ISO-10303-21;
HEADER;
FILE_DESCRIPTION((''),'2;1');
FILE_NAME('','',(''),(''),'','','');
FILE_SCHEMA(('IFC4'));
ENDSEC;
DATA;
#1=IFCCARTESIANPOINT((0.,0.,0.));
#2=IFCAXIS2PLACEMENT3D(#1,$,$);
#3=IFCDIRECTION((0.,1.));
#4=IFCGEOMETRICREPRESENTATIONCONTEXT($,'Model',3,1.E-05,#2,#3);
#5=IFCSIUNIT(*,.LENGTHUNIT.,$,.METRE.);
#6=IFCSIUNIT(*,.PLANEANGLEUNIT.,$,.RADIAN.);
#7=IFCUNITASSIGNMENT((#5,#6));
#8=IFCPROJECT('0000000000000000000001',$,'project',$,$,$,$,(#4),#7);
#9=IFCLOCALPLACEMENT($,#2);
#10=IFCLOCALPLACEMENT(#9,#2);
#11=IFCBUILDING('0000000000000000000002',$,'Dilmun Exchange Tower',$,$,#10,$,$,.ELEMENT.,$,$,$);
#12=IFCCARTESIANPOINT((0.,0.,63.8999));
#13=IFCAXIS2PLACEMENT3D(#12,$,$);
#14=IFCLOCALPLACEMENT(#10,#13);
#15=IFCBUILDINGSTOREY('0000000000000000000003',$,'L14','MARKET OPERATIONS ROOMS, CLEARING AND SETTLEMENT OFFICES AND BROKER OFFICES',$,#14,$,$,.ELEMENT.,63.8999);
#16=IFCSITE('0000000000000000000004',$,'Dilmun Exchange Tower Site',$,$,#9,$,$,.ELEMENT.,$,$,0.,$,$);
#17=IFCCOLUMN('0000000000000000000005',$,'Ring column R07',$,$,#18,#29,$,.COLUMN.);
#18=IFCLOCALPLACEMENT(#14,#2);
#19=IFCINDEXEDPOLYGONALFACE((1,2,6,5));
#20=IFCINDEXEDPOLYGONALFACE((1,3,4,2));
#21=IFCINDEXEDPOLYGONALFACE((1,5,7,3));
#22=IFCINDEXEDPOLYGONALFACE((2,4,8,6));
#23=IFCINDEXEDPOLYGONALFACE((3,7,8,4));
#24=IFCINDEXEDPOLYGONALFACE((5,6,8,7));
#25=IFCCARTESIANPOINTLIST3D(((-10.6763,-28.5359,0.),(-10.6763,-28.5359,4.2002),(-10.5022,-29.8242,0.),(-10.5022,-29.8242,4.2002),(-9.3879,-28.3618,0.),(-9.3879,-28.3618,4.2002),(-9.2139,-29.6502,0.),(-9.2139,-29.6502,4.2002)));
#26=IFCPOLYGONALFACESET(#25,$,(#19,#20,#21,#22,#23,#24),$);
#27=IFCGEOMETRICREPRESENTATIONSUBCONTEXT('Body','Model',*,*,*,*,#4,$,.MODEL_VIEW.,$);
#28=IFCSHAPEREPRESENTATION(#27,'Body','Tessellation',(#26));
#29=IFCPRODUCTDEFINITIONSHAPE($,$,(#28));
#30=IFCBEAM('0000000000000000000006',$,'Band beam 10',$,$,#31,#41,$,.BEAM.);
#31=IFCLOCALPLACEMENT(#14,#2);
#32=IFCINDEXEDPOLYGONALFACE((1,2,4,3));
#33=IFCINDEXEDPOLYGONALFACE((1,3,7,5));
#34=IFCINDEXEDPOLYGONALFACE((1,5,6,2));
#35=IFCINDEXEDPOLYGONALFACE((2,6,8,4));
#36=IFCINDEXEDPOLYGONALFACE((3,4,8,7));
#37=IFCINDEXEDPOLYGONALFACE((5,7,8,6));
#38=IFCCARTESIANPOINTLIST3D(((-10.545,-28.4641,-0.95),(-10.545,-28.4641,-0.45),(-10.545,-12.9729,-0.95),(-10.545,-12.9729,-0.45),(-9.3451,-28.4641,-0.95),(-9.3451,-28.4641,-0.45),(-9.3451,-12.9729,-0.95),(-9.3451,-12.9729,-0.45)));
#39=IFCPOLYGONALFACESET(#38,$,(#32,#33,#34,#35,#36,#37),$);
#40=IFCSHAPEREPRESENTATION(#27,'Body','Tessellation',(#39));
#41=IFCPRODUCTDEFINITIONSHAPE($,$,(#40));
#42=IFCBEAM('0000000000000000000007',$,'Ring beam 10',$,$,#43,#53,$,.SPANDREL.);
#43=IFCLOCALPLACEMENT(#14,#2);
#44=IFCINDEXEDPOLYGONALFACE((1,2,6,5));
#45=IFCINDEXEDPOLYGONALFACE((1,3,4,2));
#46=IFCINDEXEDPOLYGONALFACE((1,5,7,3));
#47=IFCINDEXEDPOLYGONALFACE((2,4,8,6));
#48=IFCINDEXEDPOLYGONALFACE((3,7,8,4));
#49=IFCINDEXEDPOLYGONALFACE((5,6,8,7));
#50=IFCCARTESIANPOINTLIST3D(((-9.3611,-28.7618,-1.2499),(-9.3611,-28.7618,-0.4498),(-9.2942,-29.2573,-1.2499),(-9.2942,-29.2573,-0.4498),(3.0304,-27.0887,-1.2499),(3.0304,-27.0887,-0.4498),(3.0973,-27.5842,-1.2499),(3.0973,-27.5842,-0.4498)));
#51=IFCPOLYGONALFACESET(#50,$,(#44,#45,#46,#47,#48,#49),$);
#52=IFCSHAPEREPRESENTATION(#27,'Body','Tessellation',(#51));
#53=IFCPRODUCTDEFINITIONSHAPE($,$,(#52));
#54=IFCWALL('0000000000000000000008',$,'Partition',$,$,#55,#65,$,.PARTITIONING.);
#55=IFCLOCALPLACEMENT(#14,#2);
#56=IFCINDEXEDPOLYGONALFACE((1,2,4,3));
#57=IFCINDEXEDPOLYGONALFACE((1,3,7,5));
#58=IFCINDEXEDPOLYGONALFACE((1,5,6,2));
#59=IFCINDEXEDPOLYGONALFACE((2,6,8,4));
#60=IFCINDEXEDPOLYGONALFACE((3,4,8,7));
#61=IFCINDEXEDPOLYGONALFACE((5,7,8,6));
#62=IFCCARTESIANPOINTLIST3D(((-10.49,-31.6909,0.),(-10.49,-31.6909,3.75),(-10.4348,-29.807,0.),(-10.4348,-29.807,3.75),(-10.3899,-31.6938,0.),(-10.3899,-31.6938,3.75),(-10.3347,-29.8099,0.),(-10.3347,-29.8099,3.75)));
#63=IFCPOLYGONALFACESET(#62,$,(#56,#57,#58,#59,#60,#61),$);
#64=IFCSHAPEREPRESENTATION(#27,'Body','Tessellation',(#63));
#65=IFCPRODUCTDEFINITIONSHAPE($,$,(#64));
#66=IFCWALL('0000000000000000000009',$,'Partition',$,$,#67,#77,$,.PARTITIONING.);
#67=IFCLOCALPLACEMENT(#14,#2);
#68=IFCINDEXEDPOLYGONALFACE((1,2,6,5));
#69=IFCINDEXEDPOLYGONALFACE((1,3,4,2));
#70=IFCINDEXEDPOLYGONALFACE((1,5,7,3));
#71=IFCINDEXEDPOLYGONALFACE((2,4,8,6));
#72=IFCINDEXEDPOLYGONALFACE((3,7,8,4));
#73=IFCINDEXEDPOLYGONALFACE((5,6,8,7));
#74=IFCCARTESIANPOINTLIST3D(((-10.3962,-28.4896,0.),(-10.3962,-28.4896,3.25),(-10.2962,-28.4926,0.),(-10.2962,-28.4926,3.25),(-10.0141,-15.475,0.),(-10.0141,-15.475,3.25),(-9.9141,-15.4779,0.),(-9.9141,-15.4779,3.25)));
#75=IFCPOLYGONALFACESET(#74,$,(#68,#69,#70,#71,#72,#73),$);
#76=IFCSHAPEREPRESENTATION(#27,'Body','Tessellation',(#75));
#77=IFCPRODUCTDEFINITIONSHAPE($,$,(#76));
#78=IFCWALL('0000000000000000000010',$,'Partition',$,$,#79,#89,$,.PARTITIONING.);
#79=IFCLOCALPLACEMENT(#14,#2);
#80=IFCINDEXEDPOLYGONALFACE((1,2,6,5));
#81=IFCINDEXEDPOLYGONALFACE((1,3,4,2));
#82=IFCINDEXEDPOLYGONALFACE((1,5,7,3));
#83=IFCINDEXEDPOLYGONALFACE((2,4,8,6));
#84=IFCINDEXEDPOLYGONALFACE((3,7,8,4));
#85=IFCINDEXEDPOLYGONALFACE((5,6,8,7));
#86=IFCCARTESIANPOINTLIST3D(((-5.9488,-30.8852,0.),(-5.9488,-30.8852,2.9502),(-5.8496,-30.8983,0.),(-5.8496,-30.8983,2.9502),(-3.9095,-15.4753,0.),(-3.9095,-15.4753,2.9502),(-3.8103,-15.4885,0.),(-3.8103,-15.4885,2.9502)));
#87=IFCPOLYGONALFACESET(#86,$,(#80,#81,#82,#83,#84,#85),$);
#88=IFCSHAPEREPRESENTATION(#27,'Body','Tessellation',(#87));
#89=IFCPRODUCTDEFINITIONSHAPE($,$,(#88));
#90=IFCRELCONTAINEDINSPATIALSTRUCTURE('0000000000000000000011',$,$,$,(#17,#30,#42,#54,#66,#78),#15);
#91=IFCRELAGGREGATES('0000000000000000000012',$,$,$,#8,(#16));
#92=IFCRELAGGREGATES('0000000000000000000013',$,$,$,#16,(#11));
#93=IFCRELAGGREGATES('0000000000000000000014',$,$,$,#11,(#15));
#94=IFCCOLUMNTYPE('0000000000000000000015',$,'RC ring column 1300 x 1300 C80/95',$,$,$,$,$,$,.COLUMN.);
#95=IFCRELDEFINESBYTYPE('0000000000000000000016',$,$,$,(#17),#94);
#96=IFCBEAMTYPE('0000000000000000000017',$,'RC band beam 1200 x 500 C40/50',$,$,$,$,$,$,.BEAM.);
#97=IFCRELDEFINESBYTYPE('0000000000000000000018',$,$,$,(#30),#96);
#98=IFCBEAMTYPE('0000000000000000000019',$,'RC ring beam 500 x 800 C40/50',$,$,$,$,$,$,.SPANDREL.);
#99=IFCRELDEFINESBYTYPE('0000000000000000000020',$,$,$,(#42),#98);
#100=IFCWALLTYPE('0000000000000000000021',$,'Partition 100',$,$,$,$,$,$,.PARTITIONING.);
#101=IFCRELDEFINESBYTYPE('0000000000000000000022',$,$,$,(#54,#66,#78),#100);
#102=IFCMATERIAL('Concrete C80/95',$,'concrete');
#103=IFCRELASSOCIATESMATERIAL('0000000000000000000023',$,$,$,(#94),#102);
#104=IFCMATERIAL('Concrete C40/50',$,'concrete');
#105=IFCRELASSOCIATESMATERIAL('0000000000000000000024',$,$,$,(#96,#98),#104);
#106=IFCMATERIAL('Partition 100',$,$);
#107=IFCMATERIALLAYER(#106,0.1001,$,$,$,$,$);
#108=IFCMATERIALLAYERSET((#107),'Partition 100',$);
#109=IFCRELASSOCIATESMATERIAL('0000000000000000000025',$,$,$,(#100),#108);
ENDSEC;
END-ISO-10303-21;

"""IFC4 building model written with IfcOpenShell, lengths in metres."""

from ifc_helpers import new_model, si_unit, direction, frame, frame_2d, origin, origin_2d, place, context, subcontext, project, spatial, rectangle, extrude, material, layer, layer_set, material_profile, profile_set, type_object, element, save


model = new_model("IFC4")

# Units and contexts
model_context = context("Model", 3, precision=1e-05, world=origin(), true_north=direction((0.0, 1.0)))
body_context = subcontext(model_context, "Body", "Model", "MODEL_VIEW")
ifc_project = project(units=[si_unit("LENGTHUNIT", "METRE"), si_unit("PLANEANGLEUNIT", "RADIAN")], contexts=[model_context])

# Site, building, storey
site_placement = place(None, origin())
site = spatial("IfcSite", under=ifc_project, at=site_placement, Name="Dilmun Exchange Tower Site", CompositionType="ELEMENT", RefElevation=0.0)
building_placement = place(site_placement, origin())
building = spatial("IfcBuilding", under=site, at=building_placement, Name="Dilmun Exchange Tower", CompositionType="ELEMENT")
storey_placement = place(building_placement, frame((0.0, 0.0, 63.8999)))
storey = spatial("IfcBuildingStorey", under=building, at=storey_placement, Name="L14", Description="MARKET OPERATIONS ROOMS, CLEARING AND SETTLEMENT OFFICES AND BROKER OFFICES", CompositionType="ELEMENT", Elevation=63.8999)

# Column
ifc_material_1 = material(Name="Concrete C80/95", Category="concrete")
ifc_material_profile_1 = material_profile(ifc_material_1, rectangle(XDim=1.3, YDim=1.3, at=origin_2d()), Name="1300 x 1300")
ifc_profile_set_1 = profile_set([ifc_material_profile_1], Name="Concrete C80/95")
column_type = type_object("IfcColumnType", Name="RC ring column 1300 x 1300 C80/95", PredefinedType="COLUMN", material=ifc_profile_set_1)
column_placement = place(storey_placement, frame((-9.9451, -29.093, 0.0), z_axis=(0.0, 0.0, 1.0), x_axis=(0.991001, 0.133853, 0.0)))
element("IfcColumn", 1, at=column_placement, inside=storey, type_object=column_type, Name="Ring column R07", PredefinedType="COLUMN", context=body_context, shape_type="SweptSolid", body=[
    extrude(rectangle(XDim=1.3, YDim=1.3, at=origin_2d()), origin(), (0.0, 0.0, 1.0), 4.2002),
])

# Beams
ifc_material_2 = material(Name="Concrete C40/50", Category="concrete")
ifc_material_profile_2 = material_profile(ifc_material_2, rectangle(XDim=1.2, YDim=0.5, at=origin_2d()), Name="1200 x 500")
ifc_profile_set_2 = profile_set([ifc_material_profile_2], Name="Concrete C40/50")
beam_type_1 = type_object("IfcBeamType", Name="RC band beam 1200 x 500 C40/50", PredefinedType="BEAM", material=ifc_profile_set_2)
beam_1_placement = place(storey_placement, frame((-9.9451, -28.4641, -0.7), z_axis=(0.0, 1.0, 0.0), x_axis=(-1.0, 0.0, 0.0)))
element("IfcBeam", 2, at=beam_1_placement, inside=storey, type_object=beam_type_1, Name="Band beam 10", PredefinedType="BEAM", context=body_context, shape_type="SweptSolid", body=[
    extrude(rectangle(XDim=1.2, YDim=0.5, at=origin_2d()), origin(), (0.0, 0.0, 1.0), 15.4912),
])
ifc_material_profile_3 = material_profile(ifc_material_2, rectangle(XDim=0.5, YDim=0.8, at=origin_2d()), Name="500 x 800")
ifc_profile_set_3 = profile_set([ifc_material_profile_3], Name="Concrete C40/50")
beam_type_2 = type_object("IfcBeamType", Name="RC ring beam 500 x 800 C40/50", PredefinedType="SPANDREL", material=ifc_profile_set_3)
beam_2_placement = place(storey_placement, frame((-9.3276, -29.0095, -0.8499), z_axis=(0.991007, 0.133807, 0.0), x_axis=(-0.133807, 0.991007, 0.0)))
element("IfcBeam", 3, at=beam_2_placement, inside=storey, type_object=beam_type_2, Name="Ring beam 10", PredefinedType="SPANDREL", context=body_context, shape_type="SweptSolid", body=[
    extrude(rectangle(XDim=0.5, YDim=0.8, at=origin_2d()), origin(), (0.0, 0.0, 1.0), 12.5039),
])

# Walls
ifc_material_3 = material(Name="Partition 100")
ifc_layer = layer(ifc_material_3, 0.1001)
ifc_layer_set = layer_set([ifc_layer], Name="Partition 100")
wall_type = type_object("IfcWallType", Name="Partition 100", PredefinedType="PARTITIONING", material=ifc_layer_set)
wall_1_placement = place(storey_placement, frame((-10.4399, -31.6924, 0.0), z_axis=(0.0, 0.0, 1.0), x_axis=(0.029273, 0.999571, 0.0)))
element("IfcWall", 4, at=wall_1_placement, inside=storey, type_object=wall_type, Name="Partition", PredefinedType="PARTITIONING", context=body_context, shape_type="SweptSolid", body=[
    extrude(rectangle(XDim=1.8848, YDim=0.1001, at=frame_2d((0.9424, 0.0))), origin(), (0.0, 0.0, 1.0), 3.75),
])
wall_2_placement = place(storey_placement, frame((-10.3462, -28.4912, 0.0), z_axis=(0.0, 0.0, 1.0), x_axis=(0.029345, 0.999569, 0.0)))
element("IfcWall", 5, at=wall_2_placement, inside=storey, type_object=wall_type, Name="Partition", PredefinedType="PARTITIONING", context=body_context, shape_type="SweptSolid", body=[
    extrude(rectangle(XDim=13.0203, YDim=0.1001, at=frame_2d((6.5103, 0.0))), origin(), (0.0, 0.0, 1.0), 3.25),
])
wall_3_placement = place(storey_placement, frame((-5.8992, -30.8916, 0.0), z_axis=(0.0, 0.0, 1.0), x_axis=(0.131194, 0.991357, 0.0)))
element("IfcWall", 6, at=wall_3_placement, inside=storey, type_object=wall_type, Name="Partition", PredefinedType="PARTITIONING", context=body_context, shape_type="SweptSolid", body=[
    extrude(rectangle(XDim=15.5442, YDim=0.1001, at=frame_2d((7.772, 0.0))), origin(), (0.0, 0.0, 1.0), 2.9502),
])

save(model, "model.ifc")
